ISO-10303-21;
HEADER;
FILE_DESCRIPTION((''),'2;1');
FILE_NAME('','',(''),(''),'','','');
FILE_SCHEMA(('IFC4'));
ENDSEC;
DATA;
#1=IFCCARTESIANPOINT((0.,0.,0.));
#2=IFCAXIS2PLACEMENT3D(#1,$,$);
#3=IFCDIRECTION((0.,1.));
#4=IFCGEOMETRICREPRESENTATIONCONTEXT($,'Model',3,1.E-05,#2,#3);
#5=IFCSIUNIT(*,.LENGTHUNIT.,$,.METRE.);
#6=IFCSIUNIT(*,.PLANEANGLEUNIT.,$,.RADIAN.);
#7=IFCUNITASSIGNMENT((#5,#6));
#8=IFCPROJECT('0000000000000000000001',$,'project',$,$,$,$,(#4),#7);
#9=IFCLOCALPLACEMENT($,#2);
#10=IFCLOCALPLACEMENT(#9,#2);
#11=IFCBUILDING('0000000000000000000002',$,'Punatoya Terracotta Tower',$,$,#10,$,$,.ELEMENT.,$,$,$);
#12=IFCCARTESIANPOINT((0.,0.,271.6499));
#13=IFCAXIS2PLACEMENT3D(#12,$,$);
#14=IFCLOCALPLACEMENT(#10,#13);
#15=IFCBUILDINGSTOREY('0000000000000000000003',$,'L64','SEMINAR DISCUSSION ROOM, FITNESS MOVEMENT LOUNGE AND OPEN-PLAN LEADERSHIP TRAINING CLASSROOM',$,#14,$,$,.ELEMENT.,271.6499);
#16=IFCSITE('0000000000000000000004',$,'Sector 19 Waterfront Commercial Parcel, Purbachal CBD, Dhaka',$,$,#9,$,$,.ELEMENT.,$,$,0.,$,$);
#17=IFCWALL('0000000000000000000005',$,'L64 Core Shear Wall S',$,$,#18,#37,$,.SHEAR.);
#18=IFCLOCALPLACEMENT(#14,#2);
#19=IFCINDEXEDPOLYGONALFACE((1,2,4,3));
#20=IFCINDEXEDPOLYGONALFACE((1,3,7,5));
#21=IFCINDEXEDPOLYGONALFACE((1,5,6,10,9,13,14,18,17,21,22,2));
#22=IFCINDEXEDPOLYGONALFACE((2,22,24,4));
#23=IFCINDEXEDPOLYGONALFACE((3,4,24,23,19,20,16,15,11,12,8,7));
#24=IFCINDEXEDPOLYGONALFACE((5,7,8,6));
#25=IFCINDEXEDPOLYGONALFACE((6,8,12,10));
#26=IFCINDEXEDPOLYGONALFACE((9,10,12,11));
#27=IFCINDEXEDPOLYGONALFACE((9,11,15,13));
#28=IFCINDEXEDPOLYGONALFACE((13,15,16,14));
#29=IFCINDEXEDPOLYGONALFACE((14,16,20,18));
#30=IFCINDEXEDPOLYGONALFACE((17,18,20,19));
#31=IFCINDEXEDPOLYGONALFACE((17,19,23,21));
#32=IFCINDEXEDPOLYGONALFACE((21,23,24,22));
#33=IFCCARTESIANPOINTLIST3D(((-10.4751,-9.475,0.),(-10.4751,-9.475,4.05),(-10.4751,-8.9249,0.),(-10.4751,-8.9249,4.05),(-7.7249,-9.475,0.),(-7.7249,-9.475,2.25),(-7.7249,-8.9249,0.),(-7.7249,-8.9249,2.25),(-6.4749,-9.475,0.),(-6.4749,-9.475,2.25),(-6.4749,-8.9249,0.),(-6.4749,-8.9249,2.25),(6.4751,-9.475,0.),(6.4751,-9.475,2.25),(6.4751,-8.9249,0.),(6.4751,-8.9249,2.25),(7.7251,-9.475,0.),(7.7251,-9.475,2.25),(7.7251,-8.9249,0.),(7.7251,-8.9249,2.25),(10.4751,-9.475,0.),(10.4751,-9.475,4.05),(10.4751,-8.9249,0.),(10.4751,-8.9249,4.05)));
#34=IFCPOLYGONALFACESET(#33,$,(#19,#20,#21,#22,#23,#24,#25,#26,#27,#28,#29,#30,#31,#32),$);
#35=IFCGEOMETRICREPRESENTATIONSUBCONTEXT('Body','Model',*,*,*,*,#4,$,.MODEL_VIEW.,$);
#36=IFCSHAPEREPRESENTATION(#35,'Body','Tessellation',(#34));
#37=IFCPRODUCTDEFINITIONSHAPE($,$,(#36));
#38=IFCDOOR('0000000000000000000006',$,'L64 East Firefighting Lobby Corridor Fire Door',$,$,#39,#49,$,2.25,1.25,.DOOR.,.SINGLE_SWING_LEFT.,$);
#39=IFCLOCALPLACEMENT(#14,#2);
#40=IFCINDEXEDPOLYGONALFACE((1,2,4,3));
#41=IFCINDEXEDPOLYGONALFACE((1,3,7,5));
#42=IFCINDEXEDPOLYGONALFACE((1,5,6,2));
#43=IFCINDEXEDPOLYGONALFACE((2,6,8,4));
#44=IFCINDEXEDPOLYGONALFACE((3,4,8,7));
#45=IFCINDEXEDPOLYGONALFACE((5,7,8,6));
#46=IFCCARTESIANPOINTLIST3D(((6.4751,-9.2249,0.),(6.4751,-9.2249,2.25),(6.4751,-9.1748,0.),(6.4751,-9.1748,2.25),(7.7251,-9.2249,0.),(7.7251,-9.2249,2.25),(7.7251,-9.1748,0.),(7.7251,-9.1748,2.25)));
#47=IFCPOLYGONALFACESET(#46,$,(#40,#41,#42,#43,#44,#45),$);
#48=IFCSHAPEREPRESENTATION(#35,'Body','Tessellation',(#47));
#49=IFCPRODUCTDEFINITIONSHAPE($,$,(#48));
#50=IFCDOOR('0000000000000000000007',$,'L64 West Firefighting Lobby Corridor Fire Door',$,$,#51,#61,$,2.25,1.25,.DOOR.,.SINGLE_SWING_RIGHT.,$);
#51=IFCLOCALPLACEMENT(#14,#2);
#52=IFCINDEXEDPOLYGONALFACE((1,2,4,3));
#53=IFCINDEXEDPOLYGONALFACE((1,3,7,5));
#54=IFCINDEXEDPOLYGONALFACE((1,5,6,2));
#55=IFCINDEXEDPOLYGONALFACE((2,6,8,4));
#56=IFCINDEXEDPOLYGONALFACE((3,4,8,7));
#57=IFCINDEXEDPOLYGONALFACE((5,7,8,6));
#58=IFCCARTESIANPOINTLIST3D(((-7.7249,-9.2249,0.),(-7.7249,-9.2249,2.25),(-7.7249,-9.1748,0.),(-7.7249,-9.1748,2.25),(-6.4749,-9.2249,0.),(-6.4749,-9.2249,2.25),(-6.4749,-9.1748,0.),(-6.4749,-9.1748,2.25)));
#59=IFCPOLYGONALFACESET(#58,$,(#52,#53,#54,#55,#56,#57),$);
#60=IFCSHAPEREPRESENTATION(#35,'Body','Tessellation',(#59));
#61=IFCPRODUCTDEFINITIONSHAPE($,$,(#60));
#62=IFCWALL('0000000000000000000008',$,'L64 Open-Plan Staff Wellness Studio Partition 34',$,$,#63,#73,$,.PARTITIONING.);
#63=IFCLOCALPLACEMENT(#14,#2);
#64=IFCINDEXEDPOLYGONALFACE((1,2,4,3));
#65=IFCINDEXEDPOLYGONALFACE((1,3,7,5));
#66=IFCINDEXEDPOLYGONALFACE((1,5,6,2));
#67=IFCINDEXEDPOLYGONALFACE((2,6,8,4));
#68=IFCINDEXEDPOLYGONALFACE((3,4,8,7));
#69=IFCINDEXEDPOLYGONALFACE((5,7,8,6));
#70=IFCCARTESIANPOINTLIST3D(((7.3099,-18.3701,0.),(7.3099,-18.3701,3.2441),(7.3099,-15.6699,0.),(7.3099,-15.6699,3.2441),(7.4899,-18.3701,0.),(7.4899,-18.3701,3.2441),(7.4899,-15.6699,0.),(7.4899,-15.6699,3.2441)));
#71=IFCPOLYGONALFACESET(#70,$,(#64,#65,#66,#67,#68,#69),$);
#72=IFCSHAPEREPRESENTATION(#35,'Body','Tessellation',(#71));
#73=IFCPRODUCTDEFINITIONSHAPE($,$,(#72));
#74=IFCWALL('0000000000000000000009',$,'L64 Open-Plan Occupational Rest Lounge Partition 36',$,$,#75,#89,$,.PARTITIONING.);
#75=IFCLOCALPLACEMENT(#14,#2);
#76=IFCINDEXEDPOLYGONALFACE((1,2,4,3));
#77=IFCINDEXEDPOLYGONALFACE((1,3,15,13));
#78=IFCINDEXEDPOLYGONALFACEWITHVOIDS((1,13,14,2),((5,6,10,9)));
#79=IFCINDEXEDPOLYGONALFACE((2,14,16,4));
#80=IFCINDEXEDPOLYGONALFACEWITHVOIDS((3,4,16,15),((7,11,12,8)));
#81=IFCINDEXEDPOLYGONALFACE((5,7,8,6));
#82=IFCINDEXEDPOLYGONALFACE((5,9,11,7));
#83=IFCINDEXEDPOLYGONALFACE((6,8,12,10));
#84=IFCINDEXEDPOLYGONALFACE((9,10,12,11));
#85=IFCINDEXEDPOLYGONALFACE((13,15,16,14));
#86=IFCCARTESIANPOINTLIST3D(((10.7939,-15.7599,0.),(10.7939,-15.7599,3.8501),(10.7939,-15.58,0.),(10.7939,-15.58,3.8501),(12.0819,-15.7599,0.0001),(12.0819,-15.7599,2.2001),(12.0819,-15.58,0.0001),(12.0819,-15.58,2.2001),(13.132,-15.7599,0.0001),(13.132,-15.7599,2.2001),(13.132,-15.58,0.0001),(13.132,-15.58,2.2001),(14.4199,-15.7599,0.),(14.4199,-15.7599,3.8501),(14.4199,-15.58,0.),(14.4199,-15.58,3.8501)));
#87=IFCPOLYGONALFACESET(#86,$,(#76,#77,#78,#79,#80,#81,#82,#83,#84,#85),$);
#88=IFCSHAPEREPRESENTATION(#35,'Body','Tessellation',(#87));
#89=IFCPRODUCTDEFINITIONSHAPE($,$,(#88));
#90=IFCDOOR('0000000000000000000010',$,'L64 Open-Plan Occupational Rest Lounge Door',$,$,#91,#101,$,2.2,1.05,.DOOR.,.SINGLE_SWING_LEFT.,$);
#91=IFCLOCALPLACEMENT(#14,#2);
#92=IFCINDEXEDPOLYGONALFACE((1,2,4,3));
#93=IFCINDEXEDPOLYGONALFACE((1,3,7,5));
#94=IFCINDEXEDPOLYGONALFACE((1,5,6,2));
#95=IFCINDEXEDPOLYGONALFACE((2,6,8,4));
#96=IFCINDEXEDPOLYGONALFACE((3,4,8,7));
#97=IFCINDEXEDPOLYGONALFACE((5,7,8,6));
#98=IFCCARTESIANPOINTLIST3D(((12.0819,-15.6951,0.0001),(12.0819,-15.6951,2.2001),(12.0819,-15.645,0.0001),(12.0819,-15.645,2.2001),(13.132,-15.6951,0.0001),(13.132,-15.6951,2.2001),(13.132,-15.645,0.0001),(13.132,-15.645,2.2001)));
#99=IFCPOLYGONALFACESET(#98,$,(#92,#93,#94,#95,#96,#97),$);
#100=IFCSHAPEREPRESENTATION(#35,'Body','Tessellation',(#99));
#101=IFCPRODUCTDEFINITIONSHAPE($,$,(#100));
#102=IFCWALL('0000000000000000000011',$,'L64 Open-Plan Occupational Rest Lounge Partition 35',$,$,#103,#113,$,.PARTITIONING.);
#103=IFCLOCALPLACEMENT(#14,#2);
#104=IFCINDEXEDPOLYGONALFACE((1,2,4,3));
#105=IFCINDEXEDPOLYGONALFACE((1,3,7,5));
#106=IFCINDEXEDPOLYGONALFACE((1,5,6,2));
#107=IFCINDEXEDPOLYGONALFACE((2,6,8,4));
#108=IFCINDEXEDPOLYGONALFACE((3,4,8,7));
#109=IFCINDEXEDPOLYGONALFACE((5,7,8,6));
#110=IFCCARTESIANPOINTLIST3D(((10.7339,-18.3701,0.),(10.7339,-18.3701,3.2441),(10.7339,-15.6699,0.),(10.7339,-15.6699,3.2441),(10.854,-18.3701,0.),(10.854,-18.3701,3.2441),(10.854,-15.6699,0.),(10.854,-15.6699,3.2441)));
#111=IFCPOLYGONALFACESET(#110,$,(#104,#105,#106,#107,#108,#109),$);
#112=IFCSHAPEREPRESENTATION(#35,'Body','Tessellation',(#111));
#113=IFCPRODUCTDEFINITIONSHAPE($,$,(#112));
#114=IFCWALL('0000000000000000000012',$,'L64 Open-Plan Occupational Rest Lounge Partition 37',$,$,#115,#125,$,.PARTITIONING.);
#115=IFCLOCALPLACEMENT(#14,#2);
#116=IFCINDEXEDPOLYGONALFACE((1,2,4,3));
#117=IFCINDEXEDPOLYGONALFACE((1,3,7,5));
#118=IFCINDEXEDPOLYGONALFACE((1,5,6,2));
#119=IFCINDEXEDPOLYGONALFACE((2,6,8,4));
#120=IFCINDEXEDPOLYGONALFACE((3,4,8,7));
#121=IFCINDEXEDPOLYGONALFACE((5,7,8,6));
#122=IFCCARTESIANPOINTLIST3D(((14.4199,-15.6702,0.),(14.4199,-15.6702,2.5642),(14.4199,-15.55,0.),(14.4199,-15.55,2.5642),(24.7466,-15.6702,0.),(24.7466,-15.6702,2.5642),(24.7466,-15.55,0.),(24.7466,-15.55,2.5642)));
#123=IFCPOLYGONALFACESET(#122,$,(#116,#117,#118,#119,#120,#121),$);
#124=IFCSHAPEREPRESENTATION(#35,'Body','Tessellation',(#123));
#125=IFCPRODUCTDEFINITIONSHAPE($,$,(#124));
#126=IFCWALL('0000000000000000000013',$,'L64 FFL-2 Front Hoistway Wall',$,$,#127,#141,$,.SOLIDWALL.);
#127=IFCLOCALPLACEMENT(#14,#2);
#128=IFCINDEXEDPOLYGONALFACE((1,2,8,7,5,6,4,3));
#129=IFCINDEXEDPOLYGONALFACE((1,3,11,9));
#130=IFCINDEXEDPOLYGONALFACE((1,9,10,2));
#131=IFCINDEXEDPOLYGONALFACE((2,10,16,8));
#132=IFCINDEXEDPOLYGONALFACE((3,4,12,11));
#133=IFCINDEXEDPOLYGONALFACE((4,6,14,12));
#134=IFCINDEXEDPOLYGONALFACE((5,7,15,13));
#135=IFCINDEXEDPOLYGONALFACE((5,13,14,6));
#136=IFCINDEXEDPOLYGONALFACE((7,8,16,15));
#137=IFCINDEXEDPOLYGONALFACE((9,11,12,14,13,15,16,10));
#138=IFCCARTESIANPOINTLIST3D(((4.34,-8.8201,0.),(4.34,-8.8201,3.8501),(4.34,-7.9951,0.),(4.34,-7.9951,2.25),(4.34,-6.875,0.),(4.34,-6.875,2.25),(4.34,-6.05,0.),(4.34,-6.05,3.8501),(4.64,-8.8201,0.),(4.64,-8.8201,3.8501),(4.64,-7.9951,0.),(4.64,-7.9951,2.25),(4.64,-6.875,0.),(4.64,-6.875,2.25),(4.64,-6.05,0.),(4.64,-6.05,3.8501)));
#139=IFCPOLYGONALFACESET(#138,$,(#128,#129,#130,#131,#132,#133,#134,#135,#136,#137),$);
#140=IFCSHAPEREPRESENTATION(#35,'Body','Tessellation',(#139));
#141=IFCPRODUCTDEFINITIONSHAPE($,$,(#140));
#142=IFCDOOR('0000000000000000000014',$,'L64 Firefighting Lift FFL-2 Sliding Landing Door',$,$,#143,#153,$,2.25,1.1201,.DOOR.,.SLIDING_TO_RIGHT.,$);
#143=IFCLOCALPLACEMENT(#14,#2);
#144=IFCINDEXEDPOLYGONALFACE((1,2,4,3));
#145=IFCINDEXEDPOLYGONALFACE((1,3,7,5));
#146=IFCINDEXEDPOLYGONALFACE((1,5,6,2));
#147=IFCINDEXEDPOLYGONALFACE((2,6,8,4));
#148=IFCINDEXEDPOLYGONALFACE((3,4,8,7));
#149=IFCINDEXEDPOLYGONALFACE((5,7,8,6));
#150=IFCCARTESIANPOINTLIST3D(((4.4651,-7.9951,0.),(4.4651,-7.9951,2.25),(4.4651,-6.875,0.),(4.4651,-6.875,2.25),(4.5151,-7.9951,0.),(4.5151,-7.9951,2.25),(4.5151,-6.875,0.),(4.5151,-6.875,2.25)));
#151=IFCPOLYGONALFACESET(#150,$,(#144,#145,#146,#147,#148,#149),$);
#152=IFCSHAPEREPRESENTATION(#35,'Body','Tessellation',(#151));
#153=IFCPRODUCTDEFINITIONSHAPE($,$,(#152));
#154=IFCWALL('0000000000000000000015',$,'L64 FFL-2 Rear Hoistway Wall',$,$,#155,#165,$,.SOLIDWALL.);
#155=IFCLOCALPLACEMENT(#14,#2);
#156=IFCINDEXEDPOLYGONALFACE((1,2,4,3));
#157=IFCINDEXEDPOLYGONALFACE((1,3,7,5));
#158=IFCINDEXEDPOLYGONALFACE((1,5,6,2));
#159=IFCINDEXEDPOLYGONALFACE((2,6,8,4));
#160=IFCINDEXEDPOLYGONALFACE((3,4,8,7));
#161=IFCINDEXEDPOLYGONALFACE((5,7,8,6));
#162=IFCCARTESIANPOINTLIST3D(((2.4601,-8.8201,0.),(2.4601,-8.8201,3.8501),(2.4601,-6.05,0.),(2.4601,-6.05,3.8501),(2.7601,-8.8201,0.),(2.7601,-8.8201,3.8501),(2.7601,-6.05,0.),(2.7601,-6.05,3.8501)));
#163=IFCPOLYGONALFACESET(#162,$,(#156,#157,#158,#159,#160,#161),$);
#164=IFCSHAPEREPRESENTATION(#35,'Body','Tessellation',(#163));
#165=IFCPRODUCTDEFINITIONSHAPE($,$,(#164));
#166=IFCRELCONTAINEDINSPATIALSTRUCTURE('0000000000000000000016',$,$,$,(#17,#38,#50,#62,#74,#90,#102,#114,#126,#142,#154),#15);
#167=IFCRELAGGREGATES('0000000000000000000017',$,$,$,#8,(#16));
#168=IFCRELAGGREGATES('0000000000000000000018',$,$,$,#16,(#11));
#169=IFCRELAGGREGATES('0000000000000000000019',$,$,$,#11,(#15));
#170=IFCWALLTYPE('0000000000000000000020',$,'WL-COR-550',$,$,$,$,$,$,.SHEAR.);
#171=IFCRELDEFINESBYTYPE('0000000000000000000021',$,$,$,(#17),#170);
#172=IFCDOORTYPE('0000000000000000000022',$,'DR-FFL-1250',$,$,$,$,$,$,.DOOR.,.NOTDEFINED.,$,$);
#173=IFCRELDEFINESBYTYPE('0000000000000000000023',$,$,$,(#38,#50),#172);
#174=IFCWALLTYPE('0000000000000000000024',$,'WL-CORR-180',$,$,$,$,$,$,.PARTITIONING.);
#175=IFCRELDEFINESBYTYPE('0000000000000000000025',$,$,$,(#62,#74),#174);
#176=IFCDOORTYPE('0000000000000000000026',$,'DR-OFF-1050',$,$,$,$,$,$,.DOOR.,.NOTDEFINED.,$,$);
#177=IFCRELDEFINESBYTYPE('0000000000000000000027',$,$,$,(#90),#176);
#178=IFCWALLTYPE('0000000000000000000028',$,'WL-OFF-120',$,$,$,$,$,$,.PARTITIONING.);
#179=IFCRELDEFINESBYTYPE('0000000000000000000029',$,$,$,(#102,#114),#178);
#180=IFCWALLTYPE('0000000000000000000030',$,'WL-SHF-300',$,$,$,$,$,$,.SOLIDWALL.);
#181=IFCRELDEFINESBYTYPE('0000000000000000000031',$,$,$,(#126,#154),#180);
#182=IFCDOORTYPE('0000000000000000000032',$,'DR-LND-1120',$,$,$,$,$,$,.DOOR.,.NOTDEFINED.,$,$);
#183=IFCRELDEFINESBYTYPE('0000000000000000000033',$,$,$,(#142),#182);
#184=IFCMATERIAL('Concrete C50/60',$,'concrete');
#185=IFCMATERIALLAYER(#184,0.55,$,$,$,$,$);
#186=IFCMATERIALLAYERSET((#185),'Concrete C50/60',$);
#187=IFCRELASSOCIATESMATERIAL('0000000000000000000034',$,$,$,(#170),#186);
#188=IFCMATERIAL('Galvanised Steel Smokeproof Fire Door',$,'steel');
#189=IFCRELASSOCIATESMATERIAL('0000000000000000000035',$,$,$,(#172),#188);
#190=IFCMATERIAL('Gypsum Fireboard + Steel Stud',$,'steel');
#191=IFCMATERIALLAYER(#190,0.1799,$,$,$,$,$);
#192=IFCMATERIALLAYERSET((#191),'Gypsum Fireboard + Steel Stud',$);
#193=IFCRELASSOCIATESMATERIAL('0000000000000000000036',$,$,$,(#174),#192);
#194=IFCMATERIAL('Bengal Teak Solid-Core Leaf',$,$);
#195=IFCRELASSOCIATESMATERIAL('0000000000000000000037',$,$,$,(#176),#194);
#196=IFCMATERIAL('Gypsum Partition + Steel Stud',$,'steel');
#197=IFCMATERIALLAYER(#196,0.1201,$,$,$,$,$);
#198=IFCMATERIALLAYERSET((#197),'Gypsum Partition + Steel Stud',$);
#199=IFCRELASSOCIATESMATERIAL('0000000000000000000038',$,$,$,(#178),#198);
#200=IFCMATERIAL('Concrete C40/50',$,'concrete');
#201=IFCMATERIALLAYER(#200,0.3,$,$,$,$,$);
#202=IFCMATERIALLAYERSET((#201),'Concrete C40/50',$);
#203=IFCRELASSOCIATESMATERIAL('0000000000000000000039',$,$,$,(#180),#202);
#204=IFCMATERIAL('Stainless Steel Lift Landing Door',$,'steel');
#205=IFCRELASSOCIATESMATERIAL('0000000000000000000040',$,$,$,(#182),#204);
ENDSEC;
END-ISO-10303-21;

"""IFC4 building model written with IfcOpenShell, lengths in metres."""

from ifc_helpers import new_model, si_unit, direction, frame, frame_2d, origin, place, context, subcontext, project, spatial, rectangle, extrude, material, layer, layer_set, type_object, element, fill, save


model = new_model("IFC4")

# Units and contexts
model_context = context("Model", 3, precision=1e-05, world=origin(), true_north=direction((0.0, 1.0)))
body_context = subcontext(model_context, "Body", "Model", "MODEL_VIEW")
ifc_project = project(units=[si_unit("LENGTHUNIT", "METRE"), si_unit("PLANEANGLEUNIT", "RADIAN")], contexts=[model_context])

# Site, building, storey
site_placement = place(None, origin())
site = spatial("IfcSite", under=ifc_project, at=site_placement, Name="Sector 19 Waterfront Commercial Parcel, Purbachal CBD, Dhaka", CompositionType="ELEMENT", RefElevation=0.0)
building_placement = place(site_placement, origin())
building = spatial("IfcBuilding", under=site, at=building_placement, Name="Punatoya Terracotta Tower", CompositionType="ELEMENT")
storey_placement = place(building_placement, frame((0.0, 0.0, 271.6499)))
storey = spatial("IfcBuildingStorey", under=building, at=storey_placement, Name="L64", Description="SEMINAR DISCUSSION ROOM, FITNESS MOVEMENT LOUNGE AND OPEN-PLAN LEADERSHIP TRAINING CLASSROOM", CompositionType="ELEMENT", Elevation=271.6499)

# Wall, openings, doors
ifc_material_1 = material(Name="Concrete C50/60", Category="concrete")
ifc_layer_1 = layer(ifc_material_1, 0.55)
ifc_layer_set_1 = layer_set([ifc_layer_1], Name="Concrete C50/60")
wall_type_1 = type_object("IfcWallType", Name="WL-COR-550", PredefinedType="SHEAR", material=ifc_layer_set_1)
wall_1_placement = place(storey_placement, frame((10.4751, -9.2, 0.0), z_axis=(0.0, 0.0, 1.0), x_axis=(-1.0, 0.0, 0.0)))
wall_1 = element("IfcWall", 1, at=wall_1_placement, inside=storey, type_object=wall_type_1, Name="L64 Core Shear Wall S", PredefinedType="SHEAR", context=body_context, shape_type="SweptSolid", body=[
    extrude(rectangle(XDim=20.9502, YDim=0.55, at=frame_2d((10.4751, 0.0))), origin(), (0.0, 0.0, 1.0), 4.05),
])
opening_1_placement = place(wall_1_placement, frame((2.75, 0.0, 0.0)))
opening_1 = element("IfcOpeningElement", 2, at=opening_1_placement, cuts=wall_1, PredefinedType="OPENING", context=body_context, shape_type="SweptSolid", body=[
    extrude(rectangle(XDim=1.25, YDim=2.25, at=frame_2d((0.625, 1.125))), frame((0.0, 0.2849, 0.0), z_axis=(0.0, -1.0, 0.0), x_axis=(1.0, 0.0, 0.0)), (0.0, 0.0, 1.0), 0.5701),
])
opening_2_placement = place(wall_1_placement, frame((16.95, 0.0, 0.0)))
opening_2 = element("IfcOpeningElement", 3, at=opening_2_placement, cuts=wall_1, PredefinedType="OPENING", context=body_context, shape_type="SweptSolid", body=[
    extrude(rectangle(XDim=1.25, YDim=2.25, at=frame_2d((0.625, 1.125))), frame((0.0, 0.2849, 0.0), z_axis=(0.0, -1.0, 0.0), x_axis=(1.0, 0.0, 0.0)), (0.0, 0.0, 1.0), 0.5701),
])
ifc_material_2 = material(Name="Galvanised Steel Smokeproof Fire Door", Category="steel")
door_type_1 = type_object("IfcDoorType", Name="DR-FFL-1250", OperationType="NOTDEFINED", PredefinedType="DOOR", material=ifc_material_2)
door_1_placement = place(opening_1_placement, origin())
door_1 = element("IfcDoor", 4, at=door_1_placement, inside=storey, type_object=door_type_1, Name="L64 East Firefighting Lobby Corridor Fire Door", OperationType="SINGLE_SWING_LEFT", OverallHeight=2.25, OverallWidth=1.25, PredefinedType="DOOR", context=body_context, shape_type="SweptSolid", body=[
    extrude(rectangle(XDim=1.25, YDim=2.25, at=frame_2d((0.625, 1.125))), frame((0.0, 0.0249, 0.0), z_axis=(0.0, -1.0, 0.0), x_axis=(1.0, 0.0, 0.0)), (0.0, 0.0, 1.0), 0.05),
])
fill(opening_1, door_1)
door_2_placement = place(opening_2_placement, origin())
door_2 = element("IfcDoor", 5, at=door_2_placement, inside=storey, type_object=door_type_1, Name="L64 West Firefighting Lobby Corridor Fire Door", OperationType="SINGLE_SWING_RIGHT", OverallHeight=2.25, OverallWidth=1.25, PredefinedType="DOOR", context=body_context, shape_type="SweptSolid", body=[
    extrude(rectangle(XDim=1.25, YDim=2.25, at=frame_2d((0.625, 1.125))), frame((0.0, 0.0249, 0.0), z_axis=(0.0, -1.0, 0.0), x_axis=(1.0, 0.0, 0.0)), (0.0, 0.0, 1.0), 0.05),
])
fill(opening_2, door_2)

# Wall
ifc_material_3 = material(Name="Gypsum Fireboard + Steel Stud", Category="steel")
ifc_layer_2 = layer(ifc_material_3, 0.1799)
ifc_layer_set_2 = layer_set([ifc_layer_2], Name="Gypsum Fireboard + Steel Stud")
wall_type_2 = type_object("IfcWallType", Name="WL-CORR-180", PredefinedType="PARTITIONING", material=ifc_layer_set_2)
wall_2_placement = place(storey_placement, frame((7.3999, -15.6699, 0.0), z_axis=(0.0, 0.0, 1.0), x_axis=(0.0, -1.0, 0.0)))
element("IfcWall", 6, at=wall_2_placement, inside=storey, type_object=wall_type_2, Name="L64 Open-Plan Staff Wellness Studio Partition 34", PredefinedType="PARTITIONING", context=body_context, shape_type="SweptSolid", body=[
    extrude(rectangle(XDim=2.7002, YDim=0.1799, at=frame_2d((1.3501, 0.0))), origin(), (0.0, 0.0, 1.0), 3.2441),
])

# Wall, opening, door
wall_3_placement = place(storey_placement, frame((10.7939, -15.6699, 0.0), z_axis=(0.0, 0.0, 1.0), x_axis=(1.0, 0.0, 0.0)))
wall_3 = element("IfcWall", 7, at=wall_3_placement, inside=storey, type_object=wall_type_2, Name="L64 Open-Plan Occupational Rest Lounge Partition 36", PredefinedType="PARTITIONING", context=body_context, shape_type="SweptSolid", body=[
    extrude(rectangle(XDim=3.626, YDim=0.1799, at=frame_2d((1.813, 0.0))), origin(), (0.0, 0.0, 1.0), 3.8501),
])
opening_3_placement = place(wall_3_placement, frame((1.2881, 0.0, 0.0)))
opening_3 = element("IfcOpeningElement", 8, at=opening_3_placement, cuts=wall_3, PredefinedType="OPENING", context=body_context, shape_type="SweptSolid", body=[
    extrude(rectangle(XDim=1.05, YDim=2.2, at=frame_2d((0.5249, 1.1001))), frame((0.0, 0.0999, 0.0), z_axis=(0.0, -1.0, 0.0), x_axis=(1.0, 0.0, 0.0)), (0.0, 0.0, 1.0), 0.2),
])
ifc_material_4 = material(Name="Bengal Teak Solid-Core Leaf")
door_type_2 = type_object("IfcDoorType", Name="DR-OFF-1050", OperationType="NOTDEFINED", PredefinedType="DOOR", material=ifc_material_4)
door_3_placement = place(opening_3_placement, origin())
door_3 = element("IfcDoor", 9, at=door_3_placement, inside=storey, type_object=door_type_2, Name="L64 Open-Plan Occupational Rest Lounge Door", OperationType="SINGLE_SWING_LEFT", OverallHeight=2.2, OverallWidth=1.05, PredefinedType="DOOR", context=body_context, shape_type="SweptSolid", body=[
    extrude(rectangle(XDim=1.05, YDim=2.2, at=frame_2d((0.5249, 1.1001))), frame((0.0, 0.0249, 0.0), z_axis=(0.0, -1.0, 0.0), x_axis=(1.0, 0.0, 0.0)), (0.0, 0.0, 1.0), 0.05),
])
fill(opening_3, door_3)

# Walls
ifc_material_5 = material(Name="Gypsum Partition + Steel Stud", Category="steel")
ifc_layer_3 = layer(ifc_material_5, 0.1201)
ifc_layer_set_3 = layer_set([ifc_layer_3], Name="Gypsum Partition + Steel Stud")
wall_type_3 = type_object("IfcWallType", Name="WL-OFF-120", PredefinedType="PARTITIONING", material=ifc_layer_set_3)
wall_4_placement = place(storey_placement, frame((10.7939, -18.3701, 0.0), z_axis=(0.0, 0.0, 1.0), x_axis=(0.0, 1.0, 0.0)))
element("IfcWall", 10, at=wall_4_placement, inside=storey, type_object=wall_type_3, Name="L64 Open-Plan Occupational Rest Lounge Partition 35", PredefinedType="PARTITIONING", context=body_context, shape_type="SweptSolid", body=[
    extrude(rectangle(XDim=2.7002, YDim=0.1201, at=frame_2d((1.3501, 0.0))), origin(), (0.0, 0.0, 1.0), 3.2441),
])
wall_5_placement = place(storey_placement, frame((14.4199, -15.6101, 0.0), z_axis=(0.0, 0.0, 1.0), x_axis=(1.0, 0.0, 0.0)))
element("IfcWall", 11, at=wall_5_placement, inside=storey, type_object=wall_type_3, Name="L64 Open-Plan Occupational Rest Lounge Partition 37", PredefinedType="PARTITIONING", context=body_context, shape_type="SweptSolid", body=[
    extrude(rectangle(XDim=10.3267, YDim=0.1201, at=frame_2d((5.1633, 0.0))), origin(), (0.0, 0.0, 1.0), 2.5642),
])

# Wall, opening, door
ifc_material_6 = material(Name="Concrete C40/50", Category="concrete")
ifc_layer_4 = layer(ifc_material_6, 0.3)
ifc_layer_set_4 = layer_set([ifc_layer_4], Name="Concrete C40/50")
wall_type_4 = type_object("IfcWallType", Name="WL-SHF-300", PredefinedType="SOLIDWALL", material=ifc_layer_set_4)
wall_6_placement = place(storey_placement, frame((4.49, -8.8201, 0.0), z_axis=(0.0, 0.0, 1.0), x_axis=(0.0, 1.0, 0.0)))
wall_6 = element("IfcWall", 12, at=wall_6_placement, inside=storey, type_object=wall_type_4, Name="L64 FFL-2 Front Hoistway Wall", PredefinedType="SOLIDWALL", context=body_context, shape_type="SweptSolid", body=[
    extrude(rectangle(XDim=2.77, YDim=0.3, at=frame_2d((1.385, 0.0))), origin(), (0.0, 0.0, 1.0), 3.8501),
])
opening_4_placement = place(wall_6_placement, frame((0.825, 0.0, 0.0)))
opening_4 = element("IfcOpeningElement", 13, at=opening_4_placement, cuts=wall_6, PredefinedType="OPENING", context=body_context, shape_type="SweptSolid", body=[
    extrude(rectangle(XDim=1.1201, YDim=2.25, at=frame_2d((0.5601, 1.125))), frame((0.0, 0.1599, 0.0), z_axis=(0.0, -1.0, 0.0), x_axis=(1.0, 0.0, 0.0)), (0.0, 0.0, 1.0), 0.3201),
])
ifc_material_7 = material(Name="Stainless Steel Lift Landing Door", Category="steel")
door_type_3 = type_object("IfcDoorType", Name="DR-LND-1120", OperationType="NOTDEFINED", PredefinedType="DOOR", material=ifc_material_7)
door_4_placement = place(opening_4_placement, origin())
door_4 = element("IfcDoor", 14, at=door_4_placement, inside=storey, type_object=door_type_3, Name="L64 Firefighting Lift FFL-2 Sliding Landing Door", OperationType="SLIDING_TO_RIGHT", OverallHeight=2.25, OverallWidth=1.1201, PredefinedType="DOOR", context=body_context, shape_type="SweptSolid", body=[
    extrude(rectangle(XDim=1.1201, YDim=2.25, at=frame_2d((0.5601, 1.125))), frame((0.0, 0.0249, 0.0), z_axis=(0.0, -1.0, 0.0), x_axis=(1.0, 0.0, 0.0)), (0.0, 0.0, 1.0), 0.05),
])
fill(opening_4, door_4)

# Wall
wall_7_placement = place(storey_placement, frame((2.6101, -8.8201, 0.0), z_axis=(0.0, 0.0, 1.0), x_axis=(0.0, 1.0, 0.0)))
element("IfcWall", 15, at=wall_7_placement, inside=storey, type_object=wall_type_4, Name="L64 FFL-2 Rear Hoistway Wall", PredefinedType="SOLIDWALL", context=body_context, shape_type="SweptSolid", body=[
    extrude(rectangle(XDim=2.77, YDim=0.3, at=frame_2d((1.385, 0.0))), origin(), (0.0, 0.0, 1.0), 3.8501),
])

save(model, "model.ifc")
